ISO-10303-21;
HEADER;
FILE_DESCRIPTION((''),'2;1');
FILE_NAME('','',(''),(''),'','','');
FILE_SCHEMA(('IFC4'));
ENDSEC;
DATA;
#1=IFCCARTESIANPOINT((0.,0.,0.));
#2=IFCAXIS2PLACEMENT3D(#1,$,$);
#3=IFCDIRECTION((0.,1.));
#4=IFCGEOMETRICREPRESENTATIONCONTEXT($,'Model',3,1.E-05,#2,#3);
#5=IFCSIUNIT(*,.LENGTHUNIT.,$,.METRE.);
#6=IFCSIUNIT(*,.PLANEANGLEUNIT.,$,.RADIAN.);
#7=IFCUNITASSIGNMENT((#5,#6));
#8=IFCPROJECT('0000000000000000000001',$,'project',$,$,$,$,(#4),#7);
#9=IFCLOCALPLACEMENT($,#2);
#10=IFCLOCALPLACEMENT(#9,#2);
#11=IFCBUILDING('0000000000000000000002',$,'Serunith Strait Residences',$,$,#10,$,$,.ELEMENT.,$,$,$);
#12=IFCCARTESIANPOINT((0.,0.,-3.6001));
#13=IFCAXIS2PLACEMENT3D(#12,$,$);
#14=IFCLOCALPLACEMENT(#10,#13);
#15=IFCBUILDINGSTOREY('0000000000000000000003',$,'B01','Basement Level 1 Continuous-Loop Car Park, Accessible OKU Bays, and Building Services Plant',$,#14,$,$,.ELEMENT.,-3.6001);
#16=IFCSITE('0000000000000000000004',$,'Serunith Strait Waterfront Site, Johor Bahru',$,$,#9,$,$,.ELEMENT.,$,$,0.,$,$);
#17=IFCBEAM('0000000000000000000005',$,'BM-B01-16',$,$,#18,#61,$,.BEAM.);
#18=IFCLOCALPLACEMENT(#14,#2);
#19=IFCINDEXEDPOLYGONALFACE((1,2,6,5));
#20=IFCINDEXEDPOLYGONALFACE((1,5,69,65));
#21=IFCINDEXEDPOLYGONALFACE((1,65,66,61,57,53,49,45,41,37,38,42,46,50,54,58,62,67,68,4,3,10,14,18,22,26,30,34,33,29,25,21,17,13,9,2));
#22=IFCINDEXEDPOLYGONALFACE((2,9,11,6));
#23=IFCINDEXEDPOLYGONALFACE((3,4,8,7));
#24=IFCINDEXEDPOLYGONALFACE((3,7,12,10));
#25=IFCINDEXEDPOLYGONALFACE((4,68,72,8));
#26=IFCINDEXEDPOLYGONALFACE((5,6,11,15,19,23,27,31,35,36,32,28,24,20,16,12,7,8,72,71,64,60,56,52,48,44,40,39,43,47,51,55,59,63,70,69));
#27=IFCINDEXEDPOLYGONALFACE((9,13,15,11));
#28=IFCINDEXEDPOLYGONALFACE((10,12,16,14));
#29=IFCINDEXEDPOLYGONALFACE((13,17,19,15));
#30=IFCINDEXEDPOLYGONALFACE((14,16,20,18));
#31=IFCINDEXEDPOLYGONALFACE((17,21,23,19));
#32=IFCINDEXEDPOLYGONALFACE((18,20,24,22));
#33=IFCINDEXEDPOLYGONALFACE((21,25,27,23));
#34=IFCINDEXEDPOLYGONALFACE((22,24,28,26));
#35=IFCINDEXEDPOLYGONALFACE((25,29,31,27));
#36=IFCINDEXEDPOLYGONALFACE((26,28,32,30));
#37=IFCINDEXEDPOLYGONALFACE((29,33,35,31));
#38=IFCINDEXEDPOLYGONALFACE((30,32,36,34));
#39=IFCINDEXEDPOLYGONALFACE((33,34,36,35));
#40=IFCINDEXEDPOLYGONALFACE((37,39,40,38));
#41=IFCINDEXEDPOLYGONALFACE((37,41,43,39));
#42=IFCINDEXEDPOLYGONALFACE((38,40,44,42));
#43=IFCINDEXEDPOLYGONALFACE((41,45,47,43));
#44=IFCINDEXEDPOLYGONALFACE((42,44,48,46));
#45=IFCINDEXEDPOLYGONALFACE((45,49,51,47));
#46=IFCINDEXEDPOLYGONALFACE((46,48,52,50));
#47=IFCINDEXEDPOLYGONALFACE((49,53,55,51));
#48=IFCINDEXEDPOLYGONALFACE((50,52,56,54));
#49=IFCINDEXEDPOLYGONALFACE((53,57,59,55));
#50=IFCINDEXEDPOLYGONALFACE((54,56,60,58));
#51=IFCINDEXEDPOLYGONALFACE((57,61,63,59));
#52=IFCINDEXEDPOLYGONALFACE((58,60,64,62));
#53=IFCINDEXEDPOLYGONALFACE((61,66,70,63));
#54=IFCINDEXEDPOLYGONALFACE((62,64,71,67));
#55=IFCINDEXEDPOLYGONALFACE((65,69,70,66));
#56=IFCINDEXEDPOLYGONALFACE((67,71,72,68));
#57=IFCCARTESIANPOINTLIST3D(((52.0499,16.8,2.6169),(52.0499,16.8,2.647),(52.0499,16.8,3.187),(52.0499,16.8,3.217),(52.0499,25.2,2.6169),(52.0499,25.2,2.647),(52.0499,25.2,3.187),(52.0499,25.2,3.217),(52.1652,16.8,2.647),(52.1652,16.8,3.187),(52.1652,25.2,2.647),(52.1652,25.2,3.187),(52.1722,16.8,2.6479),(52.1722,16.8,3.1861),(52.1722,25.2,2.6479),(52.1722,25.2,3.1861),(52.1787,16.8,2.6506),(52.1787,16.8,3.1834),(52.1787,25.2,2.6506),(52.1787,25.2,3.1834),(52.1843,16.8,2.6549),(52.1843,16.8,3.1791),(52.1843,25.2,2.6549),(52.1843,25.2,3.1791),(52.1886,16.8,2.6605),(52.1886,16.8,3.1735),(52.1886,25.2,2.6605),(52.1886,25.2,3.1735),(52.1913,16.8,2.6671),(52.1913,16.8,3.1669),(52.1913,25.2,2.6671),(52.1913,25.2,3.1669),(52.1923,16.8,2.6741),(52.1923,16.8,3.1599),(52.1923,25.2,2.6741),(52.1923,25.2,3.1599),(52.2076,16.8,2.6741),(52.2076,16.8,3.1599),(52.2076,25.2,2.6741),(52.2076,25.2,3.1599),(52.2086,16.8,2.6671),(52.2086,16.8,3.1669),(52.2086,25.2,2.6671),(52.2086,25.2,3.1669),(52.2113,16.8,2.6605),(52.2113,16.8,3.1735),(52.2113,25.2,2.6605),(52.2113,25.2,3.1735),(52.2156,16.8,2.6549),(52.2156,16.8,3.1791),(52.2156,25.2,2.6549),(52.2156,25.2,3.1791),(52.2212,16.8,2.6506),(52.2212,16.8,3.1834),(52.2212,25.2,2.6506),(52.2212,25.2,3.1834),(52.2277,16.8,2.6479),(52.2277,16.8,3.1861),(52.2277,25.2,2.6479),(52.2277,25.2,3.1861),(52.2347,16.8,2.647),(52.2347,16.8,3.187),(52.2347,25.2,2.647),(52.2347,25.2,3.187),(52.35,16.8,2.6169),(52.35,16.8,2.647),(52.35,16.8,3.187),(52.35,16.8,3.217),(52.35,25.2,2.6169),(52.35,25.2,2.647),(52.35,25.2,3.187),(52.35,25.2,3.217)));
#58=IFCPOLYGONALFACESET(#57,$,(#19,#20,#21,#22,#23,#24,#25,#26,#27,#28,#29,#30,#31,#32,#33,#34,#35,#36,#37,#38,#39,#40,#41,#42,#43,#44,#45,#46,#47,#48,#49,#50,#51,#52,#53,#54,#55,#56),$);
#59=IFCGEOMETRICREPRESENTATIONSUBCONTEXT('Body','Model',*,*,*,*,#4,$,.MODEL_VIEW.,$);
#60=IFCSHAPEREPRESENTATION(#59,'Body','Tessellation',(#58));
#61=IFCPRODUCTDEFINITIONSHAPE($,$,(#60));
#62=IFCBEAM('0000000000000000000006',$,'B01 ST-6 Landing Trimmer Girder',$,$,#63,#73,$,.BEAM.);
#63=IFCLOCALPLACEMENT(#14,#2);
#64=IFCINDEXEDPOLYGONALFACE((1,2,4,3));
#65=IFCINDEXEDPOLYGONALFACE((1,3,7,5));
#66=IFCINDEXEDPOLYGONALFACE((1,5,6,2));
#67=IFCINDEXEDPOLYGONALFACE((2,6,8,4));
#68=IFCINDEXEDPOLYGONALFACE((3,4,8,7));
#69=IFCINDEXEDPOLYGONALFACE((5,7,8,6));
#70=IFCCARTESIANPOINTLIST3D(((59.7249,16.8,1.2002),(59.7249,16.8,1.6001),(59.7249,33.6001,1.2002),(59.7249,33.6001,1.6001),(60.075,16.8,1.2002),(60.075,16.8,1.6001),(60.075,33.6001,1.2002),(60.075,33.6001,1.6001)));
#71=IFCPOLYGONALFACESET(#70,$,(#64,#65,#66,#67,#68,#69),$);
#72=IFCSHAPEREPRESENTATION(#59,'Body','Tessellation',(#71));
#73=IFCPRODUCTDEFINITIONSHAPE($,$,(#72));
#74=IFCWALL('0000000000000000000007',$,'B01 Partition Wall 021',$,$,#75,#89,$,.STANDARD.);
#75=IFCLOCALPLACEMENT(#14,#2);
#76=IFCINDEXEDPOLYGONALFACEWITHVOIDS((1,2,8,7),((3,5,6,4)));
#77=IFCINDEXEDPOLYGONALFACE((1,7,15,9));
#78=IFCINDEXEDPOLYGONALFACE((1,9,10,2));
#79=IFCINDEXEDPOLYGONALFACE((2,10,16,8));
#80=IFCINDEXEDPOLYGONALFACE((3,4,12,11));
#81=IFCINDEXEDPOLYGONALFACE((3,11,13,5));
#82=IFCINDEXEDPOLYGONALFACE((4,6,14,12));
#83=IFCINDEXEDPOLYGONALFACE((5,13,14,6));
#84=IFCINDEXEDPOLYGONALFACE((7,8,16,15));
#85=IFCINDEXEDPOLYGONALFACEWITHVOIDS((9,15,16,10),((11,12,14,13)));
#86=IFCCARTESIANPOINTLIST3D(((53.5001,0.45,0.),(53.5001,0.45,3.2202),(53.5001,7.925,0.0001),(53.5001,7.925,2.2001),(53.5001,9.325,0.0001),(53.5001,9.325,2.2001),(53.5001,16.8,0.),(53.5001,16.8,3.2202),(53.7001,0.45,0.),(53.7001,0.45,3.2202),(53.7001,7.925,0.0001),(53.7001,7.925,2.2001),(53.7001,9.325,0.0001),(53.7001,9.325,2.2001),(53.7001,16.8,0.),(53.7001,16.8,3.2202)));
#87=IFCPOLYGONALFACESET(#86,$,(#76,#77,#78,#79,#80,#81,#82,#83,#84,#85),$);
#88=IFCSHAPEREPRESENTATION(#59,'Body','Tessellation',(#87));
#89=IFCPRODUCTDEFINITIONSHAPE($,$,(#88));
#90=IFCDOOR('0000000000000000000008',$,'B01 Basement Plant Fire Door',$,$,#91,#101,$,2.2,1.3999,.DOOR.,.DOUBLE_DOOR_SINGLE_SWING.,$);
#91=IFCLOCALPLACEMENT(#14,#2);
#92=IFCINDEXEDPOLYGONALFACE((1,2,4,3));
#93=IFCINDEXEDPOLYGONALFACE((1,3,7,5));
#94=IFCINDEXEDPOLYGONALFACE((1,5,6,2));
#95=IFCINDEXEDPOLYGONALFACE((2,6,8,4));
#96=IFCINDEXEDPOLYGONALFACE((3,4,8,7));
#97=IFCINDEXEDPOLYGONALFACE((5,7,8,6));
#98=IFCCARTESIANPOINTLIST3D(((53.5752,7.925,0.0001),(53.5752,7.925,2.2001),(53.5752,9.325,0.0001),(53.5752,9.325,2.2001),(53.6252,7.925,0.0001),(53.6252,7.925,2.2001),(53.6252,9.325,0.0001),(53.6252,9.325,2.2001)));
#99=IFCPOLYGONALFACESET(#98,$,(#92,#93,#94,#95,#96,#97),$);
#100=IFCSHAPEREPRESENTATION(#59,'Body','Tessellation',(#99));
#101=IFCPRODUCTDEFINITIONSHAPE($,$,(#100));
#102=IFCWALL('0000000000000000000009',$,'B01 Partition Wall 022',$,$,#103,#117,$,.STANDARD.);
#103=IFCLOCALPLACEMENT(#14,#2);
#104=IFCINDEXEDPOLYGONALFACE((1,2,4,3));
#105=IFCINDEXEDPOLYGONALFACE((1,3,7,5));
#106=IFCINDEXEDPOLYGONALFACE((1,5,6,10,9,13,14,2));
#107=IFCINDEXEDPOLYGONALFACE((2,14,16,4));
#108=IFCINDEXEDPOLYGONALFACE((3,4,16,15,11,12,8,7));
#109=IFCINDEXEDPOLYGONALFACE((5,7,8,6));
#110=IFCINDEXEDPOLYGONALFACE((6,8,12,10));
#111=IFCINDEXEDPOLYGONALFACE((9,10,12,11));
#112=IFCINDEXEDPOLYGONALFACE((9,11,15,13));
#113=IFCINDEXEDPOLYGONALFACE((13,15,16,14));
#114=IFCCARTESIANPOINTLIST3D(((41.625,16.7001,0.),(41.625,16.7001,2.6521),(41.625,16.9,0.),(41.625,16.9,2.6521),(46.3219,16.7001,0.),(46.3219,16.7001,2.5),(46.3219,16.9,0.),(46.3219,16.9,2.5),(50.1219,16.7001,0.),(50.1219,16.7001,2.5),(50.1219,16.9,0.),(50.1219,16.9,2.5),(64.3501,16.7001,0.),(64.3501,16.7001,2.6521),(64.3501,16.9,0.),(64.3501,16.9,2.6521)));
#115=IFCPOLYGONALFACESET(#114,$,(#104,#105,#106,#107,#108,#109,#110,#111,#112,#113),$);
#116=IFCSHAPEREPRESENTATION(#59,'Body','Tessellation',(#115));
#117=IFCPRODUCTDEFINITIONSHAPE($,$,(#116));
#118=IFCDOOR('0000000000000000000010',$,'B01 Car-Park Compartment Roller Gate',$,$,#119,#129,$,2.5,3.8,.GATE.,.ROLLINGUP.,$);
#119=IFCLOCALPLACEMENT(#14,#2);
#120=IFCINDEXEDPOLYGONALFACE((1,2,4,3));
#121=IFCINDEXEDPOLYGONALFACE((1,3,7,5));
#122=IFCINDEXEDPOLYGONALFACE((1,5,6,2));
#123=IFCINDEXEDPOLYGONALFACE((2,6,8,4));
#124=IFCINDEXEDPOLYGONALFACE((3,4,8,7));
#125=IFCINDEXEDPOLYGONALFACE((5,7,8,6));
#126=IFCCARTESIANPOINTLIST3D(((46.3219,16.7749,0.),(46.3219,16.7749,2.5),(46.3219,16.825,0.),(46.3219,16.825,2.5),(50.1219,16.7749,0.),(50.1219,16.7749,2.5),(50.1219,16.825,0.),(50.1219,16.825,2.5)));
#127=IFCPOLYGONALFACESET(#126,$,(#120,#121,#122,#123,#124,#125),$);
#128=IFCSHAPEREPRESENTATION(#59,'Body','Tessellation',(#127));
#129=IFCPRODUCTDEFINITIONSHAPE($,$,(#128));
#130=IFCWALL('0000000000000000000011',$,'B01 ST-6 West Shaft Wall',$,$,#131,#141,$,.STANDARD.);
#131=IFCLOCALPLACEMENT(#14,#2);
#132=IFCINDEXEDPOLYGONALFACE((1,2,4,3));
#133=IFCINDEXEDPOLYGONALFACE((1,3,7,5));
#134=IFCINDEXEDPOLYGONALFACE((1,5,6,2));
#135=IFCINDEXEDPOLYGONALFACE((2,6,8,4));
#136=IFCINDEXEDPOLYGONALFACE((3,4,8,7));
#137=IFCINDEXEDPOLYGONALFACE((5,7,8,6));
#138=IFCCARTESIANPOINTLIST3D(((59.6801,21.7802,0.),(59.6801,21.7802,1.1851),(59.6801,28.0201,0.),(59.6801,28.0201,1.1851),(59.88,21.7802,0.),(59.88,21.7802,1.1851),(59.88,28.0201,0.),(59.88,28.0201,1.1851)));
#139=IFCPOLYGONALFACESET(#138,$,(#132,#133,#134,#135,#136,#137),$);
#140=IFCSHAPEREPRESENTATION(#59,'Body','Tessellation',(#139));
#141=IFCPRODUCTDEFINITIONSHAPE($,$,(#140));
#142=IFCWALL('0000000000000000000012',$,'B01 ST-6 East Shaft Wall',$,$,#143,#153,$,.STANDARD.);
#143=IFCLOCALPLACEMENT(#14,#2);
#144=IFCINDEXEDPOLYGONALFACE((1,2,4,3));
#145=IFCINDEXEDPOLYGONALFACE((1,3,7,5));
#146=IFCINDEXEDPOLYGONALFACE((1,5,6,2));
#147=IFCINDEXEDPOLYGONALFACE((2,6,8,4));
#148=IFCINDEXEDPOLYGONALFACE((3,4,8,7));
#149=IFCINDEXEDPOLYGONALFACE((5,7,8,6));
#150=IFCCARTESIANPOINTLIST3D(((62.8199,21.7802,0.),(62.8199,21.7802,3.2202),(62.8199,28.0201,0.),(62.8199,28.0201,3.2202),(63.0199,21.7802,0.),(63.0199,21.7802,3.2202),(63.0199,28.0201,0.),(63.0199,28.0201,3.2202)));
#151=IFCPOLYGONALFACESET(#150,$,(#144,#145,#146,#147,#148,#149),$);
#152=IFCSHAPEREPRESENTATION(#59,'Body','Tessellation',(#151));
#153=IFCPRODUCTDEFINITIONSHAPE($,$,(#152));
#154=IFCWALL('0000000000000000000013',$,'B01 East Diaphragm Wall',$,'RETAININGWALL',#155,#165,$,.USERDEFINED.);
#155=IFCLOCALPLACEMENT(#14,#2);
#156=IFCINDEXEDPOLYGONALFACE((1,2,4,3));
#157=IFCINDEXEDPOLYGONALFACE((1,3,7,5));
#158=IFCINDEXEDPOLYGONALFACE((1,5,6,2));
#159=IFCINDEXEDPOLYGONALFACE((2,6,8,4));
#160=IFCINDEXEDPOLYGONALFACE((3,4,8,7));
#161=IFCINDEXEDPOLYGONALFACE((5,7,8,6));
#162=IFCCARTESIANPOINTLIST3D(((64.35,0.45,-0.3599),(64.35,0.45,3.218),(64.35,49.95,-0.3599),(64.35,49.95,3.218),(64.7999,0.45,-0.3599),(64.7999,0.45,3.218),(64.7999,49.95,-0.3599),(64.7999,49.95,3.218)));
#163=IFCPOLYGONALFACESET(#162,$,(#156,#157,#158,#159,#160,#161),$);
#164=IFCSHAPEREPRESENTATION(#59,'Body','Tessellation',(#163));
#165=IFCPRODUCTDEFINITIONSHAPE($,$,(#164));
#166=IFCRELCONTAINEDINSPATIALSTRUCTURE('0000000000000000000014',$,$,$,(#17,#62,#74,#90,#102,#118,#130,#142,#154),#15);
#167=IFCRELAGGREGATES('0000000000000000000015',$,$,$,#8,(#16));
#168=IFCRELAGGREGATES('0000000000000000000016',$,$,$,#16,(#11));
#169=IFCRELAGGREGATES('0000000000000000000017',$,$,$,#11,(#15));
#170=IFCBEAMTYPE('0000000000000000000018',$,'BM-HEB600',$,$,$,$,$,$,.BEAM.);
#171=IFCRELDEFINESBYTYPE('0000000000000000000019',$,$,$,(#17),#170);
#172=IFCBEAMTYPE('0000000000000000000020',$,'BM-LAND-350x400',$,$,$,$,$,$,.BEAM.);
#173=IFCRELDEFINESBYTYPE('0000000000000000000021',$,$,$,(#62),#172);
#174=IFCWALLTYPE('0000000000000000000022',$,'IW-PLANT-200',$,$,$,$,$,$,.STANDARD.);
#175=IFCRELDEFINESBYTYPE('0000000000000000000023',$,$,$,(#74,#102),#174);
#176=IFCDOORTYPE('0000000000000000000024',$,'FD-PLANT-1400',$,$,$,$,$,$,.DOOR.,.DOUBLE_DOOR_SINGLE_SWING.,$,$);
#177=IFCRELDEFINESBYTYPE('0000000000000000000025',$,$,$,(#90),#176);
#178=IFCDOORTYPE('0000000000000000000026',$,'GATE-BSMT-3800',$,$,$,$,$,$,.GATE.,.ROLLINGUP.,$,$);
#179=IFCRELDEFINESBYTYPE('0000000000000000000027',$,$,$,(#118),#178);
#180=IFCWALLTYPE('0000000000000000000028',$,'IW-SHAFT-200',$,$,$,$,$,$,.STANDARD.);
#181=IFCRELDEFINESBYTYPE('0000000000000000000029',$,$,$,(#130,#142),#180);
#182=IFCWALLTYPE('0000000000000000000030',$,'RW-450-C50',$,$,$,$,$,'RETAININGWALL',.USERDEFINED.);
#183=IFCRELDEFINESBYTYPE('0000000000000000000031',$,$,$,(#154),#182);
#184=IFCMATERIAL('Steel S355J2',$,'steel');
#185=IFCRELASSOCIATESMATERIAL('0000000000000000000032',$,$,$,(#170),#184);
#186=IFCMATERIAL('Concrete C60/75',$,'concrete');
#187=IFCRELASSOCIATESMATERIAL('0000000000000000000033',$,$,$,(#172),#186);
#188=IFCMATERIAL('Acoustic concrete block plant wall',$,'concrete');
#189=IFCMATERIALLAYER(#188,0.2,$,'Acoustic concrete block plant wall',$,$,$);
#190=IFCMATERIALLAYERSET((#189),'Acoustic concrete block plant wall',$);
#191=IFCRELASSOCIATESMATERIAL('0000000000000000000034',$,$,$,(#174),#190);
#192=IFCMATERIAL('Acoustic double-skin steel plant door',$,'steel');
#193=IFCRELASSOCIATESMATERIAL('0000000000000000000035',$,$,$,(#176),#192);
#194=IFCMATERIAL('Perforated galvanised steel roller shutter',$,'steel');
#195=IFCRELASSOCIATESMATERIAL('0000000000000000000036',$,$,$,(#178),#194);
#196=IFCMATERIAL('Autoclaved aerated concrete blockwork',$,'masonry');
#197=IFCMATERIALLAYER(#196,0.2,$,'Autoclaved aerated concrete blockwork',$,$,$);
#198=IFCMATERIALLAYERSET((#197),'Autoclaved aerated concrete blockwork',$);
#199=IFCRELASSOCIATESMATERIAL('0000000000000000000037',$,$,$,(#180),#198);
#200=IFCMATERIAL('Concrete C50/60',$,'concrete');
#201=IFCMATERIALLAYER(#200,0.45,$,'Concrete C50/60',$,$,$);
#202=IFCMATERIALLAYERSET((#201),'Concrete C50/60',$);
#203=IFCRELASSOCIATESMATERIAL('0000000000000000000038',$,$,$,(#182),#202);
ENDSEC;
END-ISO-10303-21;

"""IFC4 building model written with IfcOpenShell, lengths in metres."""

from ifc_helpers import new_model, si_unit, direction, frame, frame_2d, origin, origin_2d, place, context, subcontext, project, spatial, rectangle, i_section, extrude, source, transform, mapped, material, layer, layer_set, material_profile, profile_set, type_object, element, fill, save


model = new_model("IFC4")

# Units and contexts
model_context = context("Model", 3, precision=1e-05, world=origin(), true_north=direction((0.0, 1.0)))
body_context = subcontext(model_context, "Body", "Model", "MODEL_VIEW")
ifc_project = project(units=[si_unit("LENGTHUNIT", "METRE"), si_unit("PLANEANGLEUNIT", "RADIAN")], contexts=[model_context])

# Site, building, storey
site_placement = place(None, origin())
site = spatial("IfcSite", under=ifc_project, at=site_placement, Name="Serunith Strait Waterfront Site, Johor Bahru", CompositionType="ELEMENT", RefElevation=0.0)
building_placement = place(site_placement, origin())
building = spatial("IfcBuilding", under=site, at=building_placement, Name="Serunith Strait Residences", CompositionType="ELEMENT")
storey_placement = place(building_placement, frame((0.0, 0.0, -3.6001)))
storey = spatial("IfcBuildingStorey", under=building, at=storey_placement, Name="B01", Description="Basement Level 1 Continuous-Loop Car Park, Accessible OKU Bays, and Building Services Plant", CompositionType="ELEMENT", Elevation=-3.6001)

# Beams
ifc_material_1 = material(Name="Steel S355J2", Category="steel")
ifc_material_profile_1 = material_profile(ifc_material_1, i_section(OverallWidth=0.3, OverallDepth=0.6001, WebThickness=0.0154, FlangeThickness=0.03, FilletRadius=0.0271, at=origin_2d()), Name="HEB 600")
ifc_profile_set_1 = profile_set([ifc_material_profile_1], Name="Steel S355J2")
beam_type_1 = type_object("IfcBeamType", Name="BM-HEB600", PredefinedType="BEAM", material=ifc_profile_set_1)
shared_shape_1 = source(origin(), body_context, "Body", "SweptSolid", [
    extrude(i_section(OverallWidth=0.3, OverallDepth=0.6001, WebThickness=0.0154, FlangeThickness=0.03, FilletRadius=0.0271, at=origin_2d()), origin(), (0.0, 0.0, 1.0), 8.3999),
])
beam_1_placement = place(storey_placement, frame((52.2, 16.8, 2.917), z_axis=(0.0, 1.0, 0.0), x_axis=(-1.0, 0.0, 0.0)))
element("IfcBeam", 1, at=beam_1_placement, inside=storey, type_object=beam_type_1, Name="BM-B01-16", PredefinedType="BEAM", context=body_context, shape_type="MappedRepresentation", body=[
    mapped(shared_shape_1, transform((0.0, 0.0, 0.0), scale=1.0)),
])
ifc_material_2 = material(Name="Concrete C60/75", Category="concrete")
ifc_material_profile_2 = material_profile(ifc_material_2, rectangle(XDim=0.3501, YDim=0.3999, at=origin_2d()), Name="RC 350x400")
ifc_profile_set_2 = profile_set([ifc_material_profile_2], Name="Concrete C60/75")
beam_type_2 = type_object("IfcBeamType", Name="BM-LAND-350x400", PredefinedType="BEAM", material=ifc_profile_set_2)
shared_shape_2 = source(origin(), body_context, "Body", "SweptSolid", [
    extrude(rectangle(XDim=0.3501, YDim=0.3999, at=origin_2d()), origin(), (0.0, 0.0, 1.0), 16.8),
])
beam_2_placement = place(storey_placement, frame((59.8999, 16.8, 1.4001), z_axis=(0.0, 1.0, 0.0), x_axis=(-1.0, 0.0, 0.0)))
element("IfcBeam", 2, at=beam_2_placement, inside=storey, type_object=beam_type_2, Name="B01 ST-6 Landing Trimmer Girder", PredefinedType="BEAM", context=body_context, shape_type="MappedRepresentation", body=[
    mapped(shared_shape_2, transform((0.0, 0.0, 0.0), scale=1.0)),
])

# Walls, openings, doors
ifc_material_3 = material(Name="Acoustic concrete block plant wall", Category="concrete")
ifc_layer_1 = layer(ifc_material_3, 0.2, Name="Acoustic concrete block plant wall")
ifc_layer_set_1 = layer_set([ifc_layer_1], Name="Acoustic concrete block plant wall")
wall_type_1 = type_object("IfcWallType", Name="IW-PLANT-200", PredefinedType="STANDARD", material=ifc_layer_set_1)
wall_1_placement = place(storey_placement, frame((53.6001, 0.45, 0.0), z_axis=(0.0, 0.0, 1.0), x_axis=(0.0, 1.0, 0.0)))
wall_1 = element("IfcWall", 3, at=wall_1_placement, inside=storey, type_object=wall_type_1, Name="B01 Partition Wall 021", PredefinedType="STANDARD", context=body_context, shape_type="SweptSolid", body=[
    extrude(rectangle(XDim=16.3501, YDim=0.2, at=frame_2d((8.175, 0.0))), origin(), (0.0, 0.0, 1.0), 3.2202),
])
opening_1_placement = place(wall_1_placement, frame((7.4751, 0.0, 0.0)))
opening_1 = element("IfcOpeningElement", 4, at=opening_1_placement, cuts=wall_1, PredefinedType="OPENING", context=body_context, shape_type="SweptSolid", body=[
    extrude(rectangle(XDim=1.3999, YDim=2.2, at=frame_2d((0.7, 1.1001))), frame((0.0, 0.1099, 0.0), z_axis=(0.0, -1.0, 0.0), x_axis=(1.0, 0.0, 0.0)), (0.0, 0.0, 1.0), 0.22),
])
ifc_material_4 = material(Name="Acoustic double-skin steel plant door", Category="steel")
door_type_1 = type_object("IfcDoorType", Name="FD-PLANT-1400", OperationType="DOUBLE_DOOR_SINGLE_SWING", PredefinedType="DOOR", material=ifc_material_4)
shared_shape_3 = source(origin(), body_context, "Body", "SweptSolid", [
    extrude(rectangle(XDim=1.3999, YDim=2.2, at=frame_2d((0.7, 1.1001))), frame((0.0, 0.0249, 0.0), z_axis=(0.0, -1.0, 0.0), x_axis=(1.0, 0.0, 0.0)), (0.0, 0.0, 1.0), 0.05),
])
door_1_placement = place(opening_1_placement, origin())
door_1 = element("IfcDoor", 5, at=door_1_placement, inside=storey, type_object=door_type_1, Name="B01 Basement Plant Fire Door", OperationType="DOUBLE_DOOR_SINGLE_SWING", OverallHeight=2.2, OverallWidth=1.3999, PredefinedType="DOOR", context=body_context, shape_type="MappedRepresentation", body=[
    mapped(shared_shape_3, transform((0.0, 0.0, 0.0), scale=1.0)),
])
fill(opening_1, door_1)
wall_2_placement = place(storey_placement, frame((41.625, 16.8, 0.0), z_axis=(0.0, 0.0, 1.0), x_axis=(1.0, 0.0, 0.0)))
wall_2 = element("IfcWall", 6, at=wall_2_placement, inside=storey, type_object=wall_type_1, Name="B01 Partition Wall 022", PredefinedType="STANDARD", context=body_context, shape_type="SweptSolid", body=[
    extrude(rectangle(XDim=22.7251, YDim=0.2, at=frame_2d((11.3625, 0.0))), origin(), (0.0, 0.0, 1.0), 2.6521),
])
opening_2_placement = place(wall_2_placement, frame((4.697, 0.0, 0.0)))
opening_2 = element("IfcOpeningElement", 7, at=opening_2_placement, cuts=wall_2, PredefinedType="OPENING", context=body_context, shape_type="SweptSolid", body=[
    extrude(rectangle(XDim=3.8, YDim=2.5, at=frame_2d((1.8999, 1.25))), frame((0.0, 0.1099, 0.0), z_axis=(0.0, -1.0, 0.0), x_axis=(1.0, 0.0, 0.0)), (0.0, 0.0, 1.0), 0.22),
])
ifc_material_5 = material(Name="Perforated galvanised steel roller shutter", Category="steel")
door_type_2 = type_object("IfcDoorType", Name="GATE-BSMT-3800", OperationType="ROLLINGUP", PredefinedType="GATE", material=ifc_material_5)
shared_shape_4 = source(origin(), body_context, "Body", "SweptSolid", [
    extrude(rectangle(XDim=3.8, YDim=2.5, at=frame_2d((1.8999, 1.25))), frame((0.0, 0.0249, 0.0), z_axis=(0.0, -1.0, 0.0), x_axis=(1.0, 0.0, 0.0)), (0.0, 0.0, 1.0), 0.05),
])
door_2_placement = place(opening_2_placement, origin())
door_2 = element("IfcDoor", 8, at=door_2_placement, inside=storey, type_object=door_type_2, Name="B01 Car-Park Compartment Roller Gate", OperationType="ROLLINGUP", OverallHeight=2.5, OverallWidth=3.8, PredefinedType="GATE", context=body_context, shape_type="MappedRepresentation", body=[
    mapped(shared_shape_4, transform((0.0, 0.0, 0.0), scale=1.0)),
])
fill(opening_2, door_2)
ifc_material_6 = material(Name="Autoclaved aerated concrete blockwork", Category="masonry")
ifc_layer_2 = layer(ifc_material_6, 0.2, Name="Autoclaved aerated concrete blockwork")
ifc_layer_set_2 = layer_set([ifc_layer_2], Name="Autoclaved aerated concrete blockwork")
wall_type_2 = type_object("IfcWallType", Name="IW-SHAFT-200", PredefinedType="STANDARD", material=ifc_layer_set_2)

# Walls
wall_3_placement = place(storey_placement, frame((59.78, 21.78, 0.0), z_axis=(0.0, 0.0, 1.0), x_axis=(0.0, 1.0, 0.0)))
element("IfcWall", 9, at=wall_3_placement, inside=storey, type_object=wall_type_2, Name="B01 ST-6 West Shaft Wall", PredefinedType="STANDARD", context=body_context, shape_type="SweptSolid", body=[
    extrude(rectangle(XDim=6.24, YDim=0.2, at=frame_2d((3.1201, 0.0))), origin(), (0.0, 0.0, 1.0), 1.1851),
])
wall_4_placement = place(storey_placement, frame((62.9199, 21.78, 0.0), z_axis=(0.0, 0.0, 1.0), x_axis=(0.0, 1.0, 0.0)))
element("IfcWall", 10, at=wall_4_placement, inside=storey, type_object=wall_type_2, Name="B01 ST-6 East Shaft Wall", PredefinedType="STANDARD", context=body_context, shape_type="SweptSolid", body=[
    extrude(rectangle(XDim=6.24, YDim=0.2, at=frame_2d((3.1201, 0.0))), origin(), (0.0, 0.0, 1.0), 3.2202),
])
ifc_material_7 = material(Name="Concrete C50/60", Category="concrete")
ifc_layer_3 = layer(ifc_material_7, 0.45, Name="Concrete C50/60")
ifc_layer_set_3 = layer_set([ifc_layer_3], Name="Concrete C50/60")
wall_type_3 = type_object("IfcWallType", Name="RW-450-C50", ElementType="RETAININGWALL", PredefinedType="USERDEFINED", material=ifc_layer_set_3)
wall_5_placement = place(storey_placement, frame((64.575, 0.45, -0.3599), z_axis=(0.0, 0.0, 1.0), x_axis=(0.0, 1.0, 0.0)))
element("IfcWall", 11, at=wall_5_placement, inside=storey, type_object=wall_type_3, Name="B01 East Diaphragm Wall", ObjectType="RETAININGWALL", PredefinedType="USERDEFINED", context=body_context, shape_type="SweptSolid", body=[
    extrude(rectangle(XDim=49.5, YDim=0.45, at=frame_2d((24.75, 0.0))), origin(), (0.0, 0.0, 1.0), 3.5779),
])

save(model, "model.ifc")
